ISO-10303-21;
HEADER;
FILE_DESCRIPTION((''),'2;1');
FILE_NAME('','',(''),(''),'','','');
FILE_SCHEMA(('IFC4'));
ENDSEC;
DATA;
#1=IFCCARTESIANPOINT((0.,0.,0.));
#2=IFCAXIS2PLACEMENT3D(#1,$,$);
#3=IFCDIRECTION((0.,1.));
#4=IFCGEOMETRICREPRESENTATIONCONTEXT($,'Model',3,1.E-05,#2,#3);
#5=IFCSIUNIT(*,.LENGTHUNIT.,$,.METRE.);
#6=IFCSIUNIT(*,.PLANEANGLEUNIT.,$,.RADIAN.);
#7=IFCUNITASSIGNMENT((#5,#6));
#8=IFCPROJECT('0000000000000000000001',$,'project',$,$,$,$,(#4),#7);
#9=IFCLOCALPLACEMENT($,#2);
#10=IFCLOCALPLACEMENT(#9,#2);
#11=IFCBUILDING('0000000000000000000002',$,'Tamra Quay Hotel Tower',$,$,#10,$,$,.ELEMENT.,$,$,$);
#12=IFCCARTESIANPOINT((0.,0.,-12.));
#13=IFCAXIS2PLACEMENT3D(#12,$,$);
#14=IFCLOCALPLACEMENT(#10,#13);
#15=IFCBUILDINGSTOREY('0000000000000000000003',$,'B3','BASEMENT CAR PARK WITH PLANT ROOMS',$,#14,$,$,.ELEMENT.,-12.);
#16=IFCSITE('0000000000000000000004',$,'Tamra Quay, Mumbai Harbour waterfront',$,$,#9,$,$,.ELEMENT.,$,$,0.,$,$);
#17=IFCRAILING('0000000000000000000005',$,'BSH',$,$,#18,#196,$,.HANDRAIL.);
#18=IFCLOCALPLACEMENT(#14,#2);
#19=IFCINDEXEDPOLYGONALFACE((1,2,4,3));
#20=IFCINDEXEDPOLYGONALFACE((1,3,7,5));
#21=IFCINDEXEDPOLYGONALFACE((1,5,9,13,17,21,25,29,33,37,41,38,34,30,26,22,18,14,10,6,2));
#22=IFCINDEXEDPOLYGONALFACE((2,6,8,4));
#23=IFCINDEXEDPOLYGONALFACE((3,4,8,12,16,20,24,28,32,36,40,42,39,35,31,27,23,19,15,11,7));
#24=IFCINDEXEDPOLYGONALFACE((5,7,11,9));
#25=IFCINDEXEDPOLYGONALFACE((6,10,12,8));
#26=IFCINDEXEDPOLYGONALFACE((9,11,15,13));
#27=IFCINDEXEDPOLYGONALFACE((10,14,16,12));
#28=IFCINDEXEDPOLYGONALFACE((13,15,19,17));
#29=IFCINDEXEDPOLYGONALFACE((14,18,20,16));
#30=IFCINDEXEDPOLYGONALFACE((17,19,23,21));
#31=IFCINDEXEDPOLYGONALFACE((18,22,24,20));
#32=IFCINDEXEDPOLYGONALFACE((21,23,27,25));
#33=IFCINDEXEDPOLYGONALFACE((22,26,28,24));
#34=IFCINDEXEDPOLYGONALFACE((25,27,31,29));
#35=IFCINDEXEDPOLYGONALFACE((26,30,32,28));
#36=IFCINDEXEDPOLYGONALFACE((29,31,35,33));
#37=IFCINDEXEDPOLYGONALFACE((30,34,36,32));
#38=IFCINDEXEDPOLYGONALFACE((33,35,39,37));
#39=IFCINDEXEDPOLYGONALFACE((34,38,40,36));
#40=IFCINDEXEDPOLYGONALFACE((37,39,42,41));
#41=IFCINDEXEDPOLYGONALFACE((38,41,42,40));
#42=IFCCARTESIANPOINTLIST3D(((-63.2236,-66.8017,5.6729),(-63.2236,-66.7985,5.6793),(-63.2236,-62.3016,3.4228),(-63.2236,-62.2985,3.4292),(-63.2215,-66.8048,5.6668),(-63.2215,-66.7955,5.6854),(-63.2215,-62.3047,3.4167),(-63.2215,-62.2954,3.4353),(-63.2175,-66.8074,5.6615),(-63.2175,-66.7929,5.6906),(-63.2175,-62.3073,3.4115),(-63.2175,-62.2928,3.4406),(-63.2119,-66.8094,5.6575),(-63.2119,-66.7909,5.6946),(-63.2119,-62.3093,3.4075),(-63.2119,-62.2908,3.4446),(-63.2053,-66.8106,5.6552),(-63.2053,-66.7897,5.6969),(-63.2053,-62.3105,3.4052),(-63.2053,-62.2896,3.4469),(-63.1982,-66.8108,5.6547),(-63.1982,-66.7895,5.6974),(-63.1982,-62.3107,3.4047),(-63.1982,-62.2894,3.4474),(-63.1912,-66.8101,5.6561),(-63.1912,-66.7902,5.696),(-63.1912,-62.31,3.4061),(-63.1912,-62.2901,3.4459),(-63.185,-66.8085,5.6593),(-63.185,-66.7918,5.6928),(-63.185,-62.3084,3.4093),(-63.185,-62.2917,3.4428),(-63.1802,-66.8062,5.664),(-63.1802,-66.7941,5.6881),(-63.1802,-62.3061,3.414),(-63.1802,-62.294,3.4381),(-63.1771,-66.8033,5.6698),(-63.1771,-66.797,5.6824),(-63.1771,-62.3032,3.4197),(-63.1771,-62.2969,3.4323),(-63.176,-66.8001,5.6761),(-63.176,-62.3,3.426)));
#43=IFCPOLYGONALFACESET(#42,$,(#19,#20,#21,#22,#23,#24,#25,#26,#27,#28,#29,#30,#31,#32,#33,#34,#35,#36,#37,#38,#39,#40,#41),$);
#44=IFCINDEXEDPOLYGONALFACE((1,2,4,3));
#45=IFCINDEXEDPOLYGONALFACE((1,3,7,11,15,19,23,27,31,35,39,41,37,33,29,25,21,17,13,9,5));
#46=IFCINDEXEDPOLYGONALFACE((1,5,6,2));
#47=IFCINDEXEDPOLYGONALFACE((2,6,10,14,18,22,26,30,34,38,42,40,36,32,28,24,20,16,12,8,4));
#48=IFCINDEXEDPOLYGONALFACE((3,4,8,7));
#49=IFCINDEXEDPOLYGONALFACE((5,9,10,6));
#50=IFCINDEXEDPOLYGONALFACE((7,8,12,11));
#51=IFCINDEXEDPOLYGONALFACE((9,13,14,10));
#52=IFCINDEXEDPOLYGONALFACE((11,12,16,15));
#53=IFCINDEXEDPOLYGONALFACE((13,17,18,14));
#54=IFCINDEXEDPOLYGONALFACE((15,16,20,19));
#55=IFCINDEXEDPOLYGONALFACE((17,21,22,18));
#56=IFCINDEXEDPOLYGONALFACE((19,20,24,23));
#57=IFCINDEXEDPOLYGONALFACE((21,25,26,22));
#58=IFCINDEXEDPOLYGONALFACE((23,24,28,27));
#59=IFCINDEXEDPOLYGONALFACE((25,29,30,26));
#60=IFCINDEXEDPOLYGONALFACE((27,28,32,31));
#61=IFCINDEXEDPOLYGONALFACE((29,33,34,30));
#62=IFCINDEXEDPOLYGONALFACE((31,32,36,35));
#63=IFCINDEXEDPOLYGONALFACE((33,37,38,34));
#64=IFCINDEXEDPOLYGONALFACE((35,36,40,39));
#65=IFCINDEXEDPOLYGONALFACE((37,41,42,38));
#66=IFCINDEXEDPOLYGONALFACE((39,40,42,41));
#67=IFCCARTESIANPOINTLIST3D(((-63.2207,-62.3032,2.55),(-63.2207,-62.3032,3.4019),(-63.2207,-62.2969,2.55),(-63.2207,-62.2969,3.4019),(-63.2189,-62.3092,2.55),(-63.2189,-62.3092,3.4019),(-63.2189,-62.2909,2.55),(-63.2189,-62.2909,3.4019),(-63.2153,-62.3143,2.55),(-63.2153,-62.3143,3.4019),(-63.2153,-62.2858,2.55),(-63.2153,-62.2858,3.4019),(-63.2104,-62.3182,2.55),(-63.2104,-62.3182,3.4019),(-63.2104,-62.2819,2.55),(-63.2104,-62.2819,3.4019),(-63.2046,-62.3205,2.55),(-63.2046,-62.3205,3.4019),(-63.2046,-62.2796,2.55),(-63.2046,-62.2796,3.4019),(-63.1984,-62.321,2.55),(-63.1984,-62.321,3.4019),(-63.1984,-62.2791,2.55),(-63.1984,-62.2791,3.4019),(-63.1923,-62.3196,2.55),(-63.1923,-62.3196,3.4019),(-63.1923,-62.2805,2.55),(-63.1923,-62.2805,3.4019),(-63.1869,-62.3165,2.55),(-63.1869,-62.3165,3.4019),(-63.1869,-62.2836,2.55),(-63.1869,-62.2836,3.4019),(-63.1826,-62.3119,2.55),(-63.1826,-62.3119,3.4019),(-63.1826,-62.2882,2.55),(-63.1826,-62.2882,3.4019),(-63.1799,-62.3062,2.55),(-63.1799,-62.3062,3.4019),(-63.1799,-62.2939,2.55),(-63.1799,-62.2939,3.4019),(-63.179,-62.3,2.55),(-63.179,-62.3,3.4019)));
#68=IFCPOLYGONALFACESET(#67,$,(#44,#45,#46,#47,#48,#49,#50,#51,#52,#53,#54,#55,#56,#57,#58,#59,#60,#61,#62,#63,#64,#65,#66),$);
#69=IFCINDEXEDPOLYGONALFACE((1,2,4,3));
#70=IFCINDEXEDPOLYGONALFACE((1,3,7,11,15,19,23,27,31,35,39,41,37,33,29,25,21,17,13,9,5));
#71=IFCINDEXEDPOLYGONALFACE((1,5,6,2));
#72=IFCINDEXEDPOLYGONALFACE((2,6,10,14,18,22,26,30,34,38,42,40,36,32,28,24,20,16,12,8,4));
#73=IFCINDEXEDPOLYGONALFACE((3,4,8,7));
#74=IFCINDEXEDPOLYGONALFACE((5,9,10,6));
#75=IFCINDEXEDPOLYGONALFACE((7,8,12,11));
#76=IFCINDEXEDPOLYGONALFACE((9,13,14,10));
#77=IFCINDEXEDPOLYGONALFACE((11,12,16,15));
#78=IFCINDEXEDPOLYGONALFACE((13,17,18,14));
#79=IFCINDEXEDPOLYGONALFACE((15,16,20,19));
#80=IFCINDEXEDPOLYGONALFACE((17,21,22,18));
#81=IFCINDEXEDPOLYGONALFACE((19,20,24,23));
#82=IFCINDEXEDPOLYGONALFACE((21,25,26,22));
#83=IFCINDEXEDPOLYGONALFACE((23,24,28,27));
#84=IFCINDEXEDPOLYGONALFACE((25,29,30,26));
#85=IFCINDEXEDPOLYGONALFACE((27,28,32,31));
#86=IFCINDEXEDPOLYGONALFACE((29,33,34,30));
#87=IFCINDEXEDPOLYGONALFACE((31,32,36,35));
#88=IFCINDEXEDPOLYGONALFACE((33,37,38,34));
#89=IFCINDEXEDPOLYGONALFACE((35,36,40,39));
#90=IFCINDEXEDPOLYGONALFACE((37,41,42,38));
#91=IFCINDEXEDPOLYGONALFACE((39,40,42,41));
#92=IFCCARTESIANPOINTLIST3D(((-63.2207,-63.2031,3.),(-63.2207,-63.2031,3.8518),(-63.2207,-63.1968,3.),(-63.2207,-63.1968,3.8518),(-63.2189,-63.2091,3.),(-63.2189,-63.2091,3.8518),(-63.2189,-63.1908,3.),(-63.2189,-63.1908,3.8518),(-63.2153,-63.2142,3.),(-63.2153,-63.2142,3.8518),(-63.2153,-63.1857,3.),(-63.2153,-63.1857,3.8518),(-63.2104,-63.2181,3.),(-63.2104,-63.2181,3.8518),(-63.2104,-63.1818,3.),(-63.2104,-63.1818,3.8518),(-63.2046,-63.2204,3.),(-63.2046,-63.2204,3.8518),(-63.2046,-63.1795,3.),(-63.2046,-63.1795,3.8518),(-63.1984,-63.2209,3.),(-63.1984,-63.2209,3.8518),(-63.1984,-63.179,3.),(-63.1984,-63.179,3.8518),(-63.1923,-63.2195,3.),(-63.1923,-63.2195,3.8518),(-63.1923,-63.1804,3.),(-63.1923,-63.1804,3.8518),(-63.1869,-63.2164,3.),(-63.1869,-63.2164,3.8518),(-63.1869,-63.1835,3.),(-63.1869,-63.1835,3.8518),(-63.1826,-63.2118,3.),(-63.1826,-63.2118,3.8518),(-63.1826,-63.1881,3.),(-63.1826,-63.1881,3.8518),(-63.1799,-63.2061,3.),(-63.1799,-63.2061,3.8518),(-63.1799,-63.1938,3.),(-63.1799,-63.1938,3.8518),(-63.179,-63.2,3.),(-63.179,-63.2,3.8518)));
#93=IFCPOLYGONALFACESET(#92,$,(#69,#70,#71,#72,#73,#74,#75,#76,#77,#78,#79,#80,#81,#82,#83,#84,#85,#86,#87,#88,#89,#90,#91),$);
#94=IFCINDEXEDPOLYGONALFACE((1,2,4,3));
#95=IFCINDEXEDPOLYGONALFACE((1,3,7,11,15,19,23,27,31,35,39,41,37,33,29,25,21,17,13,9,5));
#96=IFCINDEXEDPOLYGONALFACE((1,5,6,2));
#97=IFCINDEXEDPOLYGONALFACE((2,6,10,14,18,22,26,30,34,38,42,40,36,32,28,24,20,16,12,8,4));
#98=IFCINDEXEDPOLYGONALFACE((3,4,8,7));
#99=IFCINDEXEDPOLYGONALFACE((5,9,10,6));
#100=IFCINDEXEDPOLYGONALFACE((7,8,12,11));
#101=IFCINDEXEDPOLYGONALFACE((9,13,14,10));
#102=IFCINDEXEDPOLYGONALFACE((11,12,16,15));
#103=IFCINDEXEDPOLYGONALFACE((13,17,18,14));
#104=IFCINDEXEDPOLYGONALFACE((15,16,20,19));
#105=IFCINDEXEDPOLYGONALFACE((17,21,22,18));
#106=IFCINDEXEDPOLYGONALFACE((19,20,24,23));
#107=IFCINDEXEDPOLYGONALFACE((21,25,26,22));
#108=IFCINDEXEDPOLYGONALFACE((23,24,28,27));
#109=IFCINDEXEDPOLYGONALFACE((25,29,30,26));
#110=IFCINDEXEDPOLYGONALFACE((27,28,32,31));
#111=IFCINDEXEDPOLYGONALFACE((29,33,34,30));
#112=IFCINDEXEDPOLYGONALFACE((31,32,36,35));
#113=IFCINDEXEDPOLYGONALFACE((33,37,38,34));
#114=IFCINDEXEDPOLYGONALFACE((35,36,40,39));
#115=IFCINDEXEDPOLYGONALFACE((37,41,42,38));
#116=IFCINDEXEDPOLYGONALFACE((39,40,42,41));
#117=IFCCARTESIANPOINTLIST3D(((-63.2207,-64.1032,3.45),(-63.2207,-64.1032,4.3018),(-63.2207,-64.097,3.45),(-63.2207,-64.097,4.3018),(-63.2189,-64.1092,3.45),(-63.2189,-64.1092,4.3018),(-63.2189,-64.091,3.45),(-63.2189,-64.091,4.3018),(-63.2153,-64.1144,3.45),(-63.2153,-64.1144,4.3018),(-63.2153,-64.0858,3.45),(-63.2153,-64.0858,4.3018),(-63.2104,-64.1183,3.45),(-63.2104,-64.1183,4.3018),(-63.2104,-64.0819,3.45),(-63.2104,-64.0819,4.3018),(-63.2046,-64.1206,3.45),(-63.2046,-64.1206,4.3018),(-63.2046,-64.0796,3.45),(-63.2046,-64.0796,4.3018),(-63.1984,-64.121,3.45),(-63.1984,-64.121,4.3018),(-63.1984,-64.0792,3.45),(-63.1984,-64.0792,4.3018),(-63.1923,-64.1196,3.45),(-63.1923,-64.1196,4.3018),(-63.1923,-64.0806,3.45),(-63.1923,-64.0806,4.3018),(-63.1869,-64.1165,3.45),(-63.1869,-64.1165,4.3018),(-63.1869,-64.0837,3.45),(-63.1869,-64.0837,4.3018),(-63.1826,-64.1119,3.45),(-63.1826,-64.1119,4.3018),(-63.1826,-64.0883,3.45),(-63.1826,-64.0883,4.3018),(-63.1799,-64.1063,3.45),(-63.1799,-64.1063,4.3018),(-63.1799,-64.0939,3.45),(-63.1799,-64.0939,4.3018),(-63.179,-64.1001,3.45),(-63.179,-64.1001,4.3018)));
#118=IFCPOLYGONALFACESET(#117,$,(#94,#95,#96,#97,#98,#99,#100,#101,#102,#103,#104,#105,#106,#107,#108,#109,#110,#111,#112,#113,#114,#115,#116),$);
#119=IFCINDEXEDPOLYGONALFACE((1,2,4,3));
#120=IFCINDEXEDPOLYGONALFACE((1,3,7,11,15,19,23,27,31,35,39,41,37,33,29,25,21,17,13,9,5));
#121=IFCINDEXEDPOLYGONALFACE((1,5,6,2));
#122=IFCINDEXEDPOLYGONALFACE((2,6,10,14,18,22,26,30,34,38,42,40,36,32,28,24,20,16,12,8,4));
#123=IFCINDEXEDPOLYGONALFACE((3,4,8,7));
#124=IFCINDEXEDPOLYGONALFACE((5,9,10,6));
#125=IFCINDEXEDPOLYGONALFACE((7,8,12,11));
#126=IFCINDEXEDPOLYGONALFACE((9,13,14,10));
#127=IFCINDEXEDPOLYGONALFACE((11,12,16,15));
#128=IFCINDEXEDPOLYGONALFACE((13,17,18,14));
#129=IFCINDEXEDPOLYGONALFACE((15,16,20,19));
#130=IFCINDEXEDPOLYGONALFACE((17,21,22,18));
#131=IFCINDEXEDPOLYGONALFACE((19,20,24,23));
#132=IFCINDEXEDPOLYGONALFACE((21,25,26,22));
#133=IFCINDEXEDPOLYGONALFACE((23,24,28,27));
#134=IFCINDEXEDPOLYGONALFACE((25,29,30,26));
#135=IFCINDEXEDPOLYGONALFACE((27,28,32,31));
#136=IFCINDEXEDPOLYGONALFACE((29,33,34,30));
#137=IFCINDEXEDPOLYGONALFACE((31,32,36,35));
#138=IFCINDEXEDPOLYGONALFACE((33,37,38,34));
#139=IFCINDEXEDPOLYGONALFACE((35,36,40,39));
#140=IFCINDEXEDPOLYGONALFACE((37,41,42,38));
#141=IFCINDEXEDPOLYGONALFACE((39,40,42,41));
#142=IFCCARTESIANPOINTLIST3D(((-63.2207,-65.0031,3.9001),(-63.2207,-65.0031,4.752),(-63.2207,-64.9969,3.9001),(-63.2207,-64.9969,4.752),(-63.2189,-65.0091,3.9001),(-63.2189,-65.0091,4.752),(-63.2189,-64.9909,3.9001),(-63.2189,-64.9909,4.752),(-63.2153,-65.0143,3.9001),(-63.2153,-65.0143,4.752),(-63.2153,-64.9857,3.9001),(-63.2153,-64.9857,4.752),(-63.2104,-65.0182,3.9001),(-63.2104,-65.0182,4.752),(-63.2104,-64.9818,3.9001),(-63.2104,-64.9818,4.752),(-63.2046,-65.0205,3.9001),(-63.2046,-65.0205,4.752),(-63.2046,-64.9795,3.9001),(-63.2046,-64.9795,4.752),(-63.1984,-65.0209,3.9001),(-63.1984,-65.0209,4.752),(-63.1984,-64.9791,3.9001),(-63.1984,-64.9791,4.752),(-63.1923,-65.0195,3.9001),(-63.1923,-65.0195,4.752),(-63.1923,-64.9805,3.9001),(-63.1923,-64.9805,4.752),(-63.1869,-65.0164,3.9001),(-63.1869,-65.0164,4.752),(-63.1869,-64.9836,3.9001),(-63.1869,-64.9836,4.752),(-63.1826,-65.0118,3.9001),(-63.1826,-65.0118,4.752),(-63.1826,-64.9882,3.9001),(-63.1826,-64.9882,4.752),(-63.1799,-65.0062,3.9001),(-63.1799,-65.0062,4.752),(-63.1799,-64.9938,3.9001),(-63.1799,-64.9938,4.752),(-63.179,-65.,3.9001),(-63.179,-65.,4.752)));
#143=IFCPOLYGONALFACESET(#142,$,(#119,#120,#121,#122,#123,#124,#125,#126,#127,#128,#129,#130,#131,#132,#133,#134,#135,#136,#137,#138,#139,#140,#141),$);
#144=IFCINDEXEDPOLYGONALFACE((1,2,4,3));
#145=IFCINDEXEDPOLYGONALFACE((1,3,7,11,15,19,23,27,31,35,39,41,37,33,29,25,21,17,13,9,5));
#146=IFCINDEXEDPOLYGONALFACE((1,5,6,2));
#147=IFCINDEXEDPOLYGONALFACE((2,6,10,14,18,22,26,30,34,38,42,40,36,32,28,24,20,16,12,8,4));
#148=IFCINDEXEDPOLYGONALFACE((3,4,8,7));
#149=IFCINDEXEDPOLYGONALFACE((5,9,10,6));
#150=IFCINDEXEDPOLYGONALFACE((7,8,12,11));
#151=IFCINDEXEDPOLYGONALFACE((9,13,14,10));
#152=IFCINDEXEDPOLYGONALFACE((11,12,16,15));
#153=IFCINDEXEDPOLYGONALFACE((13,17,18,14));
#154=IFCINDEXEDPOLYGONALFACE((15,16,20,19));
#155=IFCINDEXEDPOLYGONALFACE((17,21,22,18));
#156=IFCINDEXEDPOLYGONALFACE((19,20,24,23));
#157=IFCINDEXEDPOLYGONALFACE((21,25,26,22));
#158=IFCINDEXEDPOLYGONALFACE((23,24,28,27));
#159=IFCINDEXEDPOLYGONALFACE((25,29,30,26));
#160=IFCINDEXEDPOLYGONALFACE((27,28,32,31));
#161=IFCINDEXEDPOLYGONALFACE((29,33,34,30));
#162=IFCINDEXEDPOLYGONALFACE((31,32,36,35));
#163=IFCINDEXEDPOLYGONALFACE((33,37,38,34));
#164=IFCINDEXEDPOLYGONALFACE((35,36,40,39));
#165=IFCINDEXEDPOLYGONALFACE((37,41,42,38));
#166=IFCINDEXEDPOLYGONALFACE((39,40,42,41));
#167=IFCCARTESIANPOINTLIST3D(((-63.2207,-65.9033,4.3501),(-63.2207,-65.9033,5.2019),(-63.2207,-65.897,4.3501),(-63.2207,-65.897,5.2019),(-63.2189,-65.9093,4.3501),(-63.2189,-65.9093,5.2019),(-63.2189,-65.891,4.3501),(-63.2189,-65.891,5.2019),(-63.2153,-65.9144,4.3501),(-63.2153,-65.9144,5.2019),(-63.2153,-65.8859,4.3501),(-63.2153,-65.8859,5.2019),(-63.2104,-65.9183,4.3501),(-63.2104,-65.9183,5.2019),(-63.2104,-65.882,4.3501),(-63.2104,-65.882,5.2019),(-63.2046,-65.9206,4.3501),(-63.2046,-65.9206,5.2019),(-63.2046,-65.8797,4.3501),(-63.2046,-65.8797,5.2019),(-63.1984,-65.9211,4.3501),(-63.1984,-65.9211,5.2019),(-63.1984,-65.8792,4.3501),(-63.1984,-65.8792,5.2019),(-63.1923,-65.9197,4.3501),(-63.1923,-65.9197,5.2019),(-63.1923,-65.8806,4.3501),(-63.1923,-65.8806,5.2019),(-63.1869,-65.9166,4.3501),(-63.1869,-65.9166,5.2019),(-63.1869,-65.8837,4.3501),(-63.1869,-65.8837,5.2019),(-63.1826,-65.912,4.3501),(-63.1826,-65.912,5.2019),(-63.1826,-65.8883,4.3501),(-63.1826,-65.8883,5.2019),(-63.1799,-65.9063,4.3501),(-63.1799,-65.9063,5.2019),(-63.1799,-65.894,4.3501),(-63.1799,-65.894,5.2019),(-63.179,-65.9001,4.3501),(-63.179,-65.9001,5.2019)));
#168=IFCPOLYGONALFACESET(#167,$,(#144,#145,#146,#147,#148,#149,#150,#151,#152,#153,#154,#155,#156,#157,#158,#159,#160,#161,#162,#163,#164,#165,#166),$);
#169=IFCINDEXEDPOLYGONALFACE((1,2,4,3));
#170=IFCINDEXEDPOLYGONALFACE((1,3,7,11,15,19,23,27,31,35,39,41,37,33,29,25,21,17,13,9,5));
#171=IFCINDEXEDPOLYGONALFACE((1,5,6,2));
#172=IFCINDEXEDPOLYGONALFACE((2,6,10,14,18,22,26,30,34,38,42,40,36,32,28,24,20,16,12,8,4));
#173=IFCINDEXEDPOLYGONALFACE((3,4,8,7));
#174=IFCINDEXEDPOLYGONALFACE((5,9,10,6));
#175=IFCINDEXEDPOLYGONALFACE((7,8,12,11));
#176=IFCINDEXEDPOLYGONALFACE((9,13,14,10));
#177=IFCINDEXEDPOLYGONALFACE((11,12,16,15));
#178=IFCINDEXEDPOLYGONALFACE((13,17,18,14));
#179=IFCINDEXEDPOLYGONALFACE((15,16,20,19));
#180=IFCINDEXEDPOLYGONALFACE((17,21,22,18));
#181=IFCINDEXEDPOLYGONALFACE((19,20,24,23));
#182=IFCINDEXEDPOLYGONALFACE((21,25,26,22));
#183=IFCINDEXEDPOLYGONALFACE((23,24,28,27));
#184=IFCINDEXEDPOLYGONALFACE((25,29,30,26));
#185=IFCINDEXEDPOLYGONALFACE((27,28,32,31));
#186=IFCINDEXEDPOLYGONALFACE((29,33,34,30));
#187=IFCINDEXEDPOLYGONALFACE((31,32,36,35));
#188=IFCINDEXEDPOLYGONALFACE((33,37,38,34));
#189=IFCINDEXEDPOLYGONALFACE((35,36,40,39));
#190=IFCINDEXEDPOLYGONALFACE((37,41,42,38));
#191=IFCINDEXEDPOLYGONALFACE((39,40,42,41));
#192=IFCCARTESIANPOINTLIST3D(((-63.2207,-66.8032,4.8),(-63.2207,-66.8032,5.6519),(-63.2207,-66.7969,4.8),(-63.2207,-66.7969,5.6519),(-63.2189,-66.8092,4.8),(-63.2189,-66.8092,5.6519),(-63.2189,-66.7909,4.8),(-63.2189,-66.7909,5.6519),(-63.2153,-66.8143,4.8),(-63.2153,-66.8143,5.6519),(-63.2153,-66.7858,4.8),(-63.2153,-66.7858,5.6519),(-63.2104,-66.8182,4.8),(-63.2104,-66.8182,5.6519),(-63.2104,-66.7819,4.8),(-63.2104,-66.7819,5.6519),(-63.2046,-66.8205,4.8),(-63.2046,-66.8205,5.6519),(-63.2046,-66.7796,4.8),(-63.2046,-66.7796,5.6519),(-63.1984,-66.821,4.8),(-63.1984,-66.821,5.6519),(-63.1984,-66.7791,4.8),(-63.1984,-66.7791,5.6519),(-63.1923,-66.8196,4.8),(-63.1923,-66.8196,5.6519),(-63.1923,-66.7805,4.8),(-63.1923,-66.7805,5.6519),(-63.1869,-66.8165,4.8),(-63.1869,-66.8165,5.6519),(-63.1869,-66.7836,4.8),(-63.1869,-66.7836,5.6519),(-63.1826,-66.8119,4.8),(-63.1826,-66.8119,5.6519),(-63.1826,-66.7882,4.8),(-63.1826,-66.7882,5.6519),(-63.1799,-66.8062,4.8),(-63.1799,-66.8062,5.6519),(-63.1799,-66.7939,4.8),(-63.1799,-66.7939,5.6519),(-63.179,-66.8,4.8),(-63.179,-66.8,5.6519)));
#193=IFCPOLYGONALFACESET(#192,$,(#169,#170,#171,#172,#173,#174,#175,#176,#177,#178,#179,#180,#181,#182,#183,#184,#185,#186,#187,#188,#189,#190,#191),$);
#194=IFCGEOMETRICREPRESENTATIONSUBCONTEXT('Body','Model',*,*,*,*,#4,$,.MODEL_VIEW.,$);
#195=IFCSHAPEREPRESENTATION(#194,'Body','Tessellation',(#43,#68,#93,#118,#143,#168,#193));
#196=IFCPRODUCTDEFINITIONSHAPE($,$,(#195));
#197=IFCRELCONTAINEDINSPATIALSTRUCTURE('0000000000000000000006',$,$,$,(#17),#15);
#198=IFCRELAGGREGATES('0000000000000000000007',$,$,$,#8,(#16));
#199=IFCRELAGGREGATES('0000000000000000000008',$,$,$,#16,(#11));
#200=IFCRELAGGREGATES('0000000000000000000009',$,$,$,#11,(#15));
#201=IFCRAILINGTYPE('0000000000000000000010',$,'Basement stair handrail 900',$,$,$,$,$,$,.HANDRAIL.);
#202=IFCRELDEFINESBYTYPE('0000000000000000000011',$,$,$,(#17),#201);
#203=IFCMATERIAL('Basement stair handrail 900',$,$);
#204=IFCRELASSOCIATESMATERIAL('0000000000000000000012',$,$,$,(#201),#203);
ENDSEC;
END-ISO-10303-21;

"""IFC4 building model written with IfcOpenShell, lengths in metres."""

from ifc_helpers import new_model, si_unit, direction, frame, origin, origin_2d, place, context, subcontext, project, spatial, circle, extrude, material, type_object, element, save


model = new_model("IFC4")

# Units and contexts
model_context = context("Model", 3, precision=1e-05, world=origin(), true_north=direction((0.0, 1.0)))
body_context = subcontext(model_context, "Body", "Model", "MODEL_VIEW")
ifc_project = project(units=[si_unit("LENGTHUNIT", "METRE"), si_unit("PLANEANGLEUNIT", "RADIAN")], contexts=[model_context])

# Site, building, storey
site_placement = place(None, origin())
site = spatial("IfcSite", under=ifc_project, at=site_placement, Name="Tamra Quay, Mumbai Harbour waterfront", CompositionType="ELEMENT", RefElevation=0.0)
building_placement = place(site_placement, origin())
building = spatial("IfcBuilding", under=site, at=building_placement, Name="Tamra Quay Hotel Tower", CompositionType="ELEMENT")
storey_placement = place(building_placement, frame((0.0, 0.0, -12.0)))
storey = spatial("IfcBuildingStorey", under=building, at=storey_placement, Name="B3", Description="BASEMENT CAR PARK WITH PLANT ROOMS", CompositionType="ELEMENT", Elevation=-12.0)

# Railing
ifc_material_1 = material(Name="Basement stair handrail 900")
railing_type_1 = type_object("IfcRailingType", Name="Basement stair handrail 900", PredefinedType="HANDRAIL", material=ifc_material_1)
railing_1_placement = place(storey_placement, frame((-63.2, -62.3, 2.55)))
element("IfcRailing", 1, at=railing_1_placement, inside=storey, type_object=railing_type_1, Name="BSH", PredefinedType="HANDRAIL", context=body_context, shape_type="SweptSolid", body=[
    extrude(circle(Radius=0.0239, at=origin_2d()), frame((0.0, 0.0, 0.876), z_axis=(0.0, -0.894427, 0.447214), x_axis=(1.0, 0.0, 0.0)), (0.0, 0.0, 1.0), 5.0312),
    extrude(circle(Radius=0.021, at=origin_2d()), origin(), (0.0, 0.0, 1.0), 0.8518),
    extrude(circle(Radius=0.021, at=origin_2d()), frame((0.0, -0.8999, 0.45)), (0.0, 0.0, 1.0), 0.8518),
    extrude(circle(Radius=0.021, at=origin_2d()), frame((0.0, -1.8, 0.8999)), (0.0, 0.0, 1.0), 0.8518),
    extrude(circle(Radius=0.021, at=origin_2d()), frame((0.0, -2.7, 1.3501)), (0.0, 0.0, 1.0), 0.8518),
    extrude(circle(Radius=0.021, at=origin_2d()), frame((0.0, -3.6001, 1.8)), (0.0, 0.0, 1.0), 0.8518),
    extrude(circle(Radius=0.021, at=origin_2d()), frame((0.0, -4.5, 2.25)), (0.0, 0.0, 1.0), 0.8518),
])

save(model, "model.ifc")
